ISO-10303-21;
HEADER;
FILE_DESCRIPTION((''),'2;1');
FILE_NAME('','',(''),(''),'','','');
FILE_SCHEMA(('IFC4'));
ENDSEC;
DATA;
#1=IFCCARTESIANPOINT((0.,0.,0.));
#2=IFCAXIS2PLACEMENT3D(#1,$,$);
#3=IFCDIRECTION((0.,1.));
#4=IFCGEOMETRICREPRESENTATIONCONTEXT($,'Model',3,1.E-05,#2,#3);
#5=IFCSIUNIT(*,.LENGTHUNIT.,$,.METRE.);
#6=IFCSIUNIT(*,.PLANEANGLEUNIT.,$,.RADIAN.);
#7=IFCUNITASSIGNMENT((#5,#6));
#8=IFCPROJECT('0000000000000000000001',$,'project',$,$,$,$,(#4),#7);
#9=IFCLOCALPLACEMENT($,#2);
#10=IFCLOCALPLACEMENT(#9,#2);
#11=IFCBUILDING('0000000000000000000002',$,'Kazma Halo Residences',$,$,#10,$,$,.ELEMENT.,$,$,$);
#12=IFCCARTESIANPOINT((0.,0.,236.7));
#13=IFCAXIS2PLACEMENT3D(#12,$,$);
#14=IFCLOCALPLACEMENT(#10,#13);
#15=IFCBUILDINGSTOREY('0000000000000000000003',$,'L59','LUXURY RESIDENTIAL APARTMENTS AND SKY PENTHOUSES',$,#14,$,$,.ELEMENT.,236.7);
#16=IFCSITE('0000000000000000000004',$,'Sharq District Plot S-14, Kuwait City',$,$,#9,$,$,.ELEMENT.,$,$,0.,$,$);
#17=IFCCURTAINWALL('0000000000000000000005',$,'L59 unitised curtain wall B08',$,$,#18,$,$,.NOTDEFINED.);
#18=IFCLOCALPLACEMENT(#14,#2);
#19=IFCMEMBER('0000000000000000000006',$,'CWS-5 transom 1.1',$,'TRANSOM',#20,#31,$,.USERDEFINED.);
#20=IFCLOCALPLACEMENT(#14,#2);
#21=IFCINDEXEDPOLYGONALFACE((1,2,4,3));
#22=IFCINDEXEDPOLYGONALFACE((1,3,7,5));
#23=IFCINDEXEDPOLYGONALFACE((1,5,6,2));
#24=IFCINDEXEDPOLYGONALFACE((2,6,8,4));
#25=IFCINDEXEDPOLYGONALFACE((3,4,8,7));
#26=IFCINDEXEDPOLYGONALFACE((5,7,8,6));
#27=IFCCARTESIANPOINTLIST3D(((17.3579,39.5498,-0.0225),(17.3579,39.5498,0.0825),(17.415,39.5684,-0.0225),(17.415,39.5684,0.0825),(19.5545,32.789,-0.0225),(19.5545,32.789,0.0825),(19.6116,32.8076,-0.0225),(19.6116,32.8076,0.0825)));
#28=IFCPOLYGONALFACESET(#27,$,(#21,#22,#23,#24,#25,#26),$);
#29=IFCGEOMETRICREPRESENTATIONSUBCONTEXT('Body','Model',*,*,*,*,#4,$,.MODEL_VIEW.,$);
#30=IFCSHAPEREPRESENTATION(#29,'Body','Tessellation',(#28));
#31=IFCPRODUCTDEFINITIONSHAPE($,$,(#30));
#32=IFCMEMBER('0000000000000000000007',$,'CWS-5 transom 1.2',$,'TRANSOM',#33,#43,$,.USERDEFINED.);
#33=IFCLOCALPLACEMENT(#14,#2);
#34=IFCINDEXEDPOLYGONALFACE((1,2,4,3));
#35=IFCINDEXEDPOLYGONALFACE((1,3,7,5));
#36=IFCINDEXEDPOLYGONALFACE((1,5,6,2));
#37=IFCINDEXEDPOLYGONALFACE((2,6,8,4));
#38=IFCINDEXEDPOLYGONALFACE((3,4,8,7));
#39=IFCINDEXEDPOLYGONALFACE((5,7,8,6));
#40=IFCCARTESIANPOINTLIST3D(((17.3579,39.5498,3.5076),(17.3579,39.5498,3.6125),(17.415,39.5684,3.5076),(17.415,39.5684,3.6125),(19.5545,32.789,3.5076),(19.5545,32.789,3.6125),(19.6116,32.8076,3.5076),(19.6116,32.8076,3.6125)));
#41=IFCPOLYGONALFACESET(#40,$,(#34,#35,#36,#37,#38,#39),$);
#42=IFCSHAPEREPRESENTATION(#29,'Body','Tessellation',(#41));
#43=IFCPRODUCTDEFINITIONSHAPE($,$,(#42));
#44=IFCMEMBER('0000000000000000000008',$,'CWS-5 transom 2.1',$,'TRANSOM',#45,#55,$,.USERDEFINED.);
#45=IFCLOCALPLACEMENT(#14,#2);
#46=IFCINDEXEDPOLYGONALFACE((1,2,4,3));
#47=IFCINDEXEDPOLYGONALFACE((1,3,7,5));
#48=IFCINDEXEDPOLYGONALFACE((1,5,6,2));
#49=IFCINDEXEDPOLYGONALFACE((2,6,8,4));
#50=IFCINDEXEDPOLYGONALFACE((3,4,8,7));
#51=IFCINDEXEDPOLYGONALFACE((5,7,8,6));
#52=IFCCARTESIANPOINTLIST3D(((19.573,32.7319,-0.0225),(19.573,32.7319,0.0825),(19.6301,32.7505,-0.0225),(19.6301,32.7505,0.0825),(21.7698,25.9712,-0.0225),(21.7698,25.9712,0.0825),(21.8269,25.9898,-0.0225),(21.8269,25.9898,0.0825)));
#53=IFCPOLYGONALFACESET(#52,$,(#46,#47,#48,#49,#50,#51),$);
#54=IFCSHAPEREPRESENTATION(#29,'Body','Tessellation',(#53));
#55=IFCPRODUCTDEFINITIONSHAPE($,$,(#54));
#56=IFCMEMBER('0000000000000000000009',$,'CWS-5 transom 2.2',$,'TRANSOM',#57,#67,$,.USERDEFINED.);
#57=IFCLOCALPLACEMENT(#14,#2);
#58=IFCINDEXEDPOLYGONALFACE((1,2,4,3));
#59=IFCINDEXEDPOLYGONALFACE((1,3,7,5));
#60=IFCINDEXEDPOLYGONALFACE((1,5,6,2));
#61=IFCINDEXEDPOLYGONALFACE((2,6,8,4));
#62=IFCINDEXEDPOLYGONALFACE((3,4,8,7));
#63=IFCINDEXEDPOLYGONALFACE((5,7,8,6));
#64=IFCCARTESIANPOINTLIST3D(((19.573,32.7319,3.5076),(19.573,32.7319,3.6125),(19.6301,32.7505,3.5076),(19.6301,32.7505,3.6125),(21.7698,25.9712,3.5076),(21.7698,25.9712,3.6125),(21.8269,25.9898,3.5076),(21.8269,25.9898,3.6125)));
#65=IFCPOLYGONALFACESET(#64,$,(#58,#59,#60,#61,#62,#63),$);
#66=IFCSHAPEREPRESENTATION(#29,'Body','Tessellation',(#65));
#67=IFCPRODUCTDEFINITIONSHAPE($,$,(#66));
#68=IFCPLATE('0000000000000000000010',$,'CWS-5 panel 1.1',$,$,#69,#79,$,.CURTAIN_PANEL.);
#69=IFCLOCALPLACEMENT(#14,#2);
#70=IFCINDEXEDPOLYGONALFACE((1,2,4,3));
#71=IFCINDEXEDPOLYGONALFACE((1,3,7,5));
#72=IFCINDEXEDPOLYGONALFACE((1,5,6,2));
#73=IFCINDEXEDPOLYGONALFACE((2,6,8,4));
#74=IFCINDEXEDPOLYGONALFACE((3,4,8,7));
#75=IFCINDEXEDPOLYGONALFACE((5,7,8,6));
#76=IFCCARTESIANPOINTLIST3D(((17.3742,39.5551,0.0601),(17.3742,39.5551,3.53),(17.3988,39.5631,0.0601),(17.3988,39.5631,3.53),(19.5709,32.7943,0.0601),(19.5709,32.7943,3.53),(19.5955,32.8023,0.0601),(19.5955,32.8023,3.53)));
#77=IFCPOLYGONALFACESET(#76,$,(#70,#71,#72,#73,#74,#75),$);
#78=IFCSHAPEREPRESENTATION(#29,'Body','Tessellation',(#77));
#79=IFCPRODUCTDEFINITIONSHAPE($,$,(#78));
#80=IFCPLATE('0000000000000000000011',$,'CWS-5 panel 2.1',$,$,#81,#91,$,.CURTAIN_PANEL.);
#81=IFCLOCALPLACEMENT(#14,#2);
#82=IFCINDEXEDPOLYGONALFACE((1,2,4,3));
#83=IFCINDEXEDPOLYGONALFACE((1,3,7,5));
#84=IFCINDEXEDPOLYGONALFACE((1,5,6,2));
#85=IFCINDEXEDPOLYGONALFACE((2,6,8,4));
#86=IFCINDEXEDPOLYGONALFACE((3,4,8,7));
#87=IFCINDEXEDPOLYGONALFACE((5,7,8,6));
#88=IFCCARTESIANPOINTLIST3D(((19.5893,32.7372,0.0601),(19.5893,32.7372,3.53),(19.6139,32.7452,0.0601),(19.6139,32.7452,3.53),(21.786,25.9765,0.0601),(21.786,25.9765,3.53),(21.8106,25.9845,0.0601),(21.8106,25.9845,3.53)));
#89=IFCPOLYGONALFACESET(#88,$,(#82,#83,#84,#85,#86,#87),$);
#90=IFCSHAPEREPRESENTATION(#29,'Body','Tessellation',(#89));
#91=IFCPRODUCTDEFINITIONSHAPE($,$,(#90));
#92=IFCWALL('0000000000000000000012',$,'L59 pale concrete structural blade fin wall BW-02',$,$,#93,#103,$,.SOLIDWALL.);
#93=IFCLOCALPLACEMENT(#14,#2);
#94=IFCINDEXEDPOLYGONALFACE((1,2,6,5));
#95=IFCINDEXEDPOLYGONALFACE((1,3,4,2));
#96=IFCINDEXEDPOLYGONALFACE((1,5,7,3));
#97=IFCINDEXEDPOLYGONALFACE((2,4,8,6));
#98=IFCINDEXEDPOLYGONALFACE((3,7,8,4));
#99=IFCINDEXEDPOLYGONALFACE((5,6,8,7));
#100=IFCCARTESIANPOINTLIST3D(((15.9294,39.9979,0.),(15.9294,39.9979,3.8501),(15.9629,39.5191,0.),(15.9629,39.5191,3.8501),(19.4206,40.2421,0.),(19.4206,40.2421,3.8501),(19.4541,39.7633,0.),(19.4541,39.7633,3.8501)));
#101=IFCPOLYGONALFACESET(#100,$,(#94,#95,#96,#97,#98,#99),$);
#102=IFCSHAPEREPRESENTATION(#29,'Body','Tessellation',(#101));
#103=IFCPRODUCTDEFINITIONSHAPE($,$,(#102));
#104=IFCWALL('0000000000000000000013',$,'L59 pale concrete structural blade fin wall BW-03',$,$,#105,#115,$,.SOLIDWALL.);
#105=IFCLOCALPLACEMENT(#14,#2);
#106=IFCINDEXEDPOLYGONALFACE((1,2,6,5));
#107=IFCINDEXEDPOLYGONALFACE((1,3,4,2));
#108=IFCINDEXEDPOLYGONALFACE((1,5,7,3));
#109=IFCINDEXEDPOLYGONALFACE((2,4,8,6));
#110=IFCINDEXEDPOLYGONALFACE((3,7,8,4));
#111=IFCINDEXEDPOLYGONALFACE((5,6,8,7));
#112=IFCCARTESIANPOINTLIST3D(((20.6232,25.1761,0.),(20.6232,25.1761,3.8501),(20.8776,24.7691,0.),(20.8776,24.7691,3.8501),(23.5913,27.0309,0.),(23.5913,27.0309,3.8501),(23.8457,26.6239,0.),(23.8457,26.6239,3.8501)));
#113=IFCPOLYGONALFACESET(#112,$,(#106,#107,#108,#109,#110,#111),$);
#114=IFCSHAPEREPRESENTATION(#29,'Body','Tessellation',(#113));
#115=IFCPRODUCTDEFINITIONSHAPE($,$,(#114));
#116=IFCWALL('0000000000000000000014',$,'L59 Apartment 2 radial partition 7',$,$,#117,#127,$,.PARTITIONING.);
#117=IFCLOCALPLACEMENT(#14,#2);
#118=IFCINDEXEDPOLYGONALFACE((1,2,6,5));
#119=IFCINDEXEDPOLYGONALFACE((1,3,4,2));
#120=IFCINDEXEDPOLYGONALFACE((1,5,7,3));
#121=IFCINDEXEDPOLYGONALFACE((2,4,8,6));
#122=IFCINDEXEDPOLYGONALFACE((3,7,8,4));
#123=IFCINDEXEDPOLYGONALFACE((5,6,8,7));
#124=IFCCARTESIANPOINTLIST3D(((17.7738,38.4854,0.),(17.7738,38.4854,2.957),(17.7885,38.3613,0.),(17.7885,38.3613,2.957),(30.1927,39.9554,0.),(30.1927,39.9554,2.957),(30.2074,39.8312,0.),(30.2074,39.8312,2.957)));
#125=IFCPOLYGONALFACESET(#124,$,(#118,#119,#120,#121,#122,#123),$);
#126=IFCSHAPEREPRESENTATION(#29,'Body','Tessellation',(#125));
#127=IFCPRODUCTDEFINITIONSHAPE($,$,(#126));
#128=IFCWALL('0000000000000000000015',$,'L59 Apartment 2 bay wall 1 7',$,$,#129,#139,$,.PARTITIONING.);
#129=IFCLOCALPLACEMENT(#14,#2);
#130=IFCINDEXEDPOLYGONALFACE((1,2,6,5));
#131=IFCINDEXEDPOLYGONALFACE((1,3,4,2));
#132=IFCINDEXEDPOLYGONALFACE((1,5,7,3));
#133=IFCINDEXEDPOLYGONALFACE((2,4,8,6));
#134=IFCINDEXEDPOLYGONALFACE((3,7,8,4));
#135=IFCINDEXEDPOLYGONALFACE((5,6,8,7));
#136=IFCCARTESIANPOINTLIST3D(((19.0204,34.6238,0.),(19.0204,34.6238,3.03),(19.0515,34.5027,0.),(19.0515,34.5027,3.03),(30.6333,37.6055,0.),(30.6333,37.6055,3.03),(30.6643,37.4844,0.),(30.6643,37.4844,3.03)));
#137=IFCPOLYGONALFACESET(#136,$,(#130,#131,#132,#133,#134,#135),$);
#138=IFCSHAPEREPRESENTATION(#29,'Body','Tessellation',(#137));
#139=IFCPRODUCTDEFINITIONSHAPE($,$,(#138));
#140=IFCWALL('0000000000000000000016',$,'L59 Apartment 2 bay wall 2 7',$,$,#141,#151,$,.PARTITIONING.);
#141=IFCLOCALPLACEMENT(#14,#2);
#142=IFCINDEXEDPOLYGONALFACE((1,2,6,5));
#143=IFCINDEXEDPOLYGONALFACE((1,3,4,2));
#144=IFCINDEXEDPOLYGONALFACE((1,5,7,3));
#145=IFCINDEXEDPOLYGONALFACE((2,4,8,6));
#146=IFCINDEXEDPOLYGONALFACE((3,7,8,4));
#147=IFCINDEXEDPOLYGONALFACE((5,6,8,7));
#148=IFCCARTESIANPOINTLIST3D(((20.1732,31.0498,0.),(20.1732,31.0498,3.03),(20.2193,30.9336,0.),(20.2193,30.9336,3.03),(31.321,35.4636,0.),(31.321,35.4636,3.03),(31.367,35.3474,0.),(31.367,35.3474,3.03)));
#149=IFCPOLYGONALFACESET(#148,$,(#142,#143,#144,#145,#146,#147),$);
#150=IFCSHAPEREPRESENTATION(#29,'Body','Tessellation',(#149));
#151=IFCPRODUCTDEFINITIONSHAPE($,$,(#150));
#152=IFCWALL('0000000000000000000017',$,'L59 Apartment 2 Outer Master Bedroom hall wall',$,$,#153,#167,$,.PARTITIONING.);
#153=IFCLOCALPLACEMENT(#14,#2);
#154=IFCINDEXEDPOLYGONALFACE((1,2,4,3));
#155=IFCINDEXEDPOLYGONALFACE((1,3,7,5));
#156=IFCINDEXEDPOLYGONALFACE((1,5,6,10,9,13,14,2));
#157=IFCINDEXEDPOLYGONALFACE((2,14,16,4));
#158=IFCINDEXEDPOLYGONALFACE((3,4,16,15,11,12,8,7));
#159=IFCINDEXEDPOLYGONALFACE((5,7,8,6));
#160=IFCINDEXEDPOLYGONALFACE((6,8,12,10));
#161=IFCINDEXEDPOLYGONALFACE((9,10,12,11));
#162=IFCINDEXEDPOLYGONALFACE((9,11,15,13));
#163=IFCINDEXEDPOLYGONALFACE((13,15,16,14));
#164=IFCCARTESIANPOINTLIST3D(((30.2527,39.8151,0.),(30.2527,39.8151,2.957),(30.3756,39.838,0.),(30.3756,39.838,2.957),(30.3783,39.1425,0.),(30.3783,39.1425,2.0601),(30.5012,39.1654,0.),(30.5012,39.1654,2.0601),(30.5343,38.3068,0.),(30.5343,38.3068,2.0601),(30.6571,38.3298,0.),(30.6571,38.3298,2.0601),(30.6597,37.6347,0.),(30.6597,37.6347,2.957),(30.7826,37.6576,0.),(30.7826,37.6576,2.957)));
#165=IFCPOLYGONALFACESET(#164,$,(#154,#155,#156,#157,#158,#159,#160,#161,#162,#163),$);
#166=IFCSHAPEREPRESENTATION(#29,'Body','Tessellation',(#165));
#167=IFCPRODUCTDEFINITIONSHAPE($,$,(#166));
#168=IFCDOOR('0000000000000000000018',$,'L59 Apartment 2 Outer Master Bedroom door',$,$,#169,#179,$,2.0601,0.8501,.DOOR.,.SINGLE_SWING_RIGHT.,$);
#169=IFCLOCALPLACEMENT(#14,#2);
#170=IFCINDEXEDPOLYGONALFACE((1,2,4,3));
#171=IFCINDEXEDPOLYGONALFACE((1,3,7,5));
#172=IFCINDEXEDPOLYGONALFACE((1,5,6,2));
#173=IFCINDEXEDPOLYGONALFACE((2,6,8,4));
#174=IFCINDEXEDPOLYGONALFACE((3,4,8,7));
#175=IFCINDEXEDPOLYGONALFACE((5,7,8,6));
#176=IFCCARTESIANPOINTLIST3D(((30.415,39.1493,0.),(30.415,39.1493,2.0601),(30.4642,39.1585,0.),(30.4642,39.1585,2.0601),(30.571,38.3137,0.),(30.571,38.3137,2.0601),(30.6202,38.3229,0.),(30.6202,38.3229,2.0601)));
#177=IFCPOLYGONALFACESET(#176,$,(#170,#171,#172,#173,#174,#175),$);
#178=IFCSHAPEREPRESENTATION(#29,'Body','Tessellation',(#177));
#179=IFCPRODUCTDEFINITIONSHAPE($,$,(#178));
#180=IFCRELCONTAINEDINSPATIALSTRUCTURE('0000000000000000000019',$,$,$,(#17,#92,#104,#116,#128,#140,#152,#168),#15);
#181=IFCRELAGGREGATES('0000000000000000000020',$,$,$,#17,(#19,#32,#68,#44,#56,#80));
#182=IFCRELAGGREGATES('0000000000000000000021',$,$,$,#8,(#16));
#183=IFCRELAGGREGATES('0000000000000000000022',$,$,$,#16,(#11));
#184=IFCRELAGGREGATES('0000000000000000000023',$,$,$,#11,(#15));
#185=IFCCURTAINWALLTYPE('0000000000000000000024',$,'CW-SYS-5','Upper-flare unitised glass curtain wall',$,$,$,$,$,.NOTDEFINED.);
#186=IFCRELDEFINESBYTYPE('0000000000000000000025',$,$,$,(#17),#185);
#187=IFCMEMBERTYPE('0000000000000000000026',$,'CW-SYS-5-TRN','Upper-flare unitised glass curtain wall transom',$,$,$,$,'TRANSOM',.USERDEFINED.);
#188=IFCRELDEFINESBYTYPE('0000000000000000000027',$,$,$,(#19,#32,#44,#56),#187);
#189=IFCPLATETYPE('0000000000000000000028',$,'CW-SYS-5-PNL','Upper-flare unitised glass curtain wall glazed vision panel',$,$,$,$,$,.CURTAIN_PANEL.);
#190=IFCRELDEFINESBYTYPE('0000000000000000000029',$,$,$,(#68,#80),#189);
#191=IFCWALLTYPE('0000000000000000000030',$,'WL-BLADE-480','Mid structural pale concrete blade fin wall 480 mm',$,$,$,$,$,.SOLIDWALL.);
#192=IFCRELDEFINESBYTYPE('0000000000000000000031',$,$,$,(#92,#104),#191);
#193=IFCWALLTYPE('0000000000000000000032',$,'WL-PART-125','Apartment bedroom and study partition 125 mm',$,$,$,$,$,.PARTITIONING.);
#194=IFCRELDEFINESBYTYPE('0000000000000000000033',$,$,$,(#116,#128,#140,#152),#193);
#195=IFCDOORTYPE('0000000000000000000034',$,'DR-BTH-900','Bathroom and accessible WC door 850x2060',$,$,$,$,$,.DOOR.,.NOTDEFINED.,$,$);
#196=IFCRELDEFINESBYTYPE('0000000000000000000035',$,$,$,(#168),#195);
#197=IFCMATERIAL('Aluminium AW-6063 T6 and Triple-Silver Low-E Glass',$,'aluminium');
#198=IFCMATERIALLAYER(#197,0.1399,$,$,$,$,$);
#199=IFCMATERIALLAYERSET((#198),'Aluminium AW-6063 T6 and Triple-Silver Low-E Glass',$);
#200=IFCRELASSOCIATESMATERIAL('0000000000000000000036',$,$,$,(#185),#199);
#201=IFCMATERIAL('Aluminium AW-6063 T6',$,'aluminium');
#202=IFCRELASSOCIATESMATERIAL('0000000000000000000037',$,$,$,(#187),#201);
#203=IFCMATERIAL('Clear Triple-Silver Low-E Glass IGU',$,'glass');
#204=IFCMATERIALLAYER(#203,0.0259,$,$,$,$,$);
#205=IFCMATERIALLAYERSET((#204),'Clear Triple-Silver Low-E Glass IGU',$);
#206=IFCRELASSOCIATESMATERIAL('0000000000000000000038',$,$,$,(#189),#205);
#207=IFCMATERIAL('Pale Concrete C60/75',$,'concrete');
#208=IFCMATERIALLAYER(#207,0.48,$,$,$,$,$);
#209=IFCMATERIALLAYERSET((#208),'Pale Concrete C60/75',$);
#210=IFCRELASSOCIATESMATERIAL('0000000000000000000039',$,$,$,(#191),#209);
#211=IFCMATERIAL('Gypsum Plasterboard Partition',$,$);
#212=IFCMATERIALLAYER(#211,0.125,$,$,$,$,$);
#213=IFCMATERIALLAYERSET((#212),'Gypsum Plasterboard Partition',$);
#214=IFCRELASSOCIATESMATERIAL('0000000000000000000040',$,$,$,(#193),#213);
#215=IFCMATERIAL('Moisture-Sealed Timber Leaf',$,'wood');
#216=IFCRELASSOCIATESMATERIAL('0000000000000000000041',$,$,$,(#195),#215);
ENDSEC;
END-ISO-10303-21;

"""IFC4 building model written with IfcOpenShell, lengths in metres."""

from ifc_helpers import new_model, si_unit, direction, frame, frame_2d, origin, origin_2d, place, context, subcontext, project, spatial, rectangle, extrude, material, layer, layer_set, material_profile, profile_set, type_object, element, fill, aggregate, save


model = new_model("IFC4")

# Units and contexts
model_context = context("Model", 3, precision=1e-05, world=origin(), true_north=direction((0.0, 1.0)))
body_context = subcontext(model_context, "Body", "Model", "MODEL_VIEW")
ifc_project = project(units=[si_unit("LENGTHUNIT", "METRE"), si_unit("PLANEANGLEUNIT", "RADIAN")], contexts=[model_context])

# Site, building, storey
site_placement = place(None, origin())
site = spatial("IfcSite", under=ifc_project, at=site_placement, Name="Sharq District Plot S-14, Kuwait City", CompositionType="ELEMENT", RefElevation=0.0)
building_placement = place(site_placement, origin())
building = spatial("IfcBuilding", under=site, at=building_placement, Name="Kazma Halo Residences", CompositionType="ELEMENT")
storey_placement = place(building_placement, frame((0.0, 0.0, 236.7)))
storey = spatial("IfcBuildingStorey", under=building, at=storey_placement, Name="L59", Description="LUXURY RESIDENTIAL APARTMENTS AND SKY PENTHOUSES", CompositionType="ELEMENT", Elevation=236.7)

# Shared definitions
ifc_material_1 = material(Name="Aluminium AW-6063 T6 and Triple-Silver Low-E Glass", Category="aluminium")
ifc_layer_1 = layer(ifc_material_1, 0.1399)
ifc_layer_set_1 = layer_set([ifc_layer_1], Name="Aluminium AW-6063 T6 and Triple-Silver Low-E Glass")
curtain_wall_type = type_object("IfcCurtainWallType", Name="CW-SYS-5", Description="Upper-flare unitised glass curtain wall", PredefinedType="NOTDEFINED", material=ifc_layer_set_1)
ifc_material_2 = material(Name="Aluminium AW-6063 T6", Category="aluminium")

# Curtain wall, members, plates
curtain_wall_1_placement = place(storey_placement, origin())
curtain_wall_1 = element("IfcCurtainWall", 1, at=curtain_wall_1_placement, inside=storey, type_object=curtain_wall_type, Name="L59 unitised curtain wall B08", PredefinedType="NOTDEFINED")
ifc_material_profile_1 = material_profile(ifc_material_2, rectangle(XDim=0.0601, YDim=0.105, at=origin_2d()), Name="CWT-60x105")
ifc_profile_set_1 = profile_set([ifc_material_profile_1], Name="Aluminium AW-6063 T6")
member_type_1 = type_object("IfcMemberType", Name="CW-SYS-5-TRN", Description="Upper-flare unitised glass curtain wall transom", ElementType="TRANSOM", PredefinedType="USERDEFINED", material=ifc_profile_set_1)
member_1_placement = place(storey_placement, frame((17.3865, 39.5591, 0.03), z_axis=(0.308996, -0.951063, 0.0), x_axis=(0.951063, 0.308996, 0.0)))
member_1 = element("IfcMember", 2, at=member_1_placement, type_object=member_type_1, Name="CWS-5 transom 1.1", ObjectType="TRANSOM", PredefinedType="USERDEFINED", context=body_context, shape_type="SweptSolid", body=[
    extrude(rectangle(XDim=0.0601, YDim=0.105, at=origin_2d()), origin(), (0.0, 0.0, 1.0), 7.1086),
])
member_2_placement = place(storey_placement, frame((17.3865, 39.5591, 3.5601), z_axis=(0.308996, -0.951063, 0.0), x_axis=(0.951063, 0.308996, 0.0)))
member_2 = element("IfcMember", 3, at=member_2_placement, type_object=member_type_1, Name="CWS-5 transom 1.2", ObjectType="TRANSOM", PredefinedType="USERDEFINED", context=body_context, shape_type="SweptSolid", body=[
    extrude(rectangle(XDim=0.0601, YDim=0.105, at=origin_2d()), origin(), (0.0, 0.0, 1.0), 7.1086),
])
member_3_placement = place(storey_placement, frame((19.6016, 32.7412, 0.03), z_axis=(0.309027, -0.951053, 0.0), x_axis=(0.951053, 0.309027, 0.0)))
member_3 = element("IfcMember", 4, at=member_3_placement, type_object=member_type_1, Name="CWS-5 transom 2.1", ObjectType="TRANSOM", PredefinedType="USERDEFINED", context=body_context, shape_type="SweptSolid", body=[
    extrude(rectangle(XDim=0.0601, YDim=0.105, at=origin_2d()), origin(), (0.0, 0.0, 1.0), 7.1086),
])
member_4_placement = place(storey_placement, frame((19.6016, 32.7412, 3.5601), z_axis=(0.309027, -0.951053, 0.0), x_axis=(0.951053, 0.309027, 0.0)))
member_4 = element("IfcMember", 5, at=member_4_placement, type_object=member_type_1, Name="CWS-5 transom 2.2", ObjectType="TRANSOM", PredefinedType="USERDEFINED", context=body_context, shape_type="SweptSolid", body=[
    extrude(rectangle(XDim=0.0601, YDim=0.105, at=origin_2d()), origin(), (0.0, 0.0, 1.0), 7.1086),
])
ifc_material_3 = material(Name="Clear Triple-Silver Low-E Glass IGU", Category="glass")
ifc_layer_2 = layer(ifc_material_3, 0.0259)
ifc_layer_set_2 = layer_set([ifc_layer_2], Name="Clear Triple-Silver Low-E Glass IGU")
plate_type = type_object("IfcPlateType", Name="CW-SYS-5-PNL", Description="Upper-flare unitised glass curtain wall glazed vision panel", PredefinedType="CURTAIN_PANEL", material=ifc_layer_set_2)
plate_1_placement = place(storey_placement, frame((18.4849, 36.1787, 0.0601), z_axis=(0.0, 0.0, 1.0), x_axis=(0.309011, -0.951058, 0.0)))
plate_1 = element("IfcPlate", 6, at=plate_1_placement, type_object=plate_type, Name="CWS-5 panel 1.1", PredefinedType="CURTAIN_PANEL", context=body_context, shape_type="SweptSolid", body=[
    extrude(rectangle(XDim=7.1086, YDim=0.0259, at=origin_2d()), origin(), (0.0, 0.0, 1.0), 3.47),
])
plate_2_placement = place(storey_placement, frame((20.7, 29.3608, 0.0601), z_axis=(0.0, 0.0, 1.0), x_axis=(0.309011, -0.951058, 0.0)))
plate_2 = element("IfcPlate", 7, at=plate_2_placement, type_object=plate_type, Name="CWS-5 panel 2.1", PredefinedType="CURTAIN_PANEL", context=body_context, shape_type="SweptSolid", body=[
    extrude(rectangle(XDim=7.1086, YDim=0.0259, at=origin_2d()), origin(), (0.0, 0.0, 1.0), 3.47),
])
aggregate(curtain_wall_1, [member_1, member_2, plate_1, member_3, member_4, plate_2])

# Walls
ifc_material_4 = material(Name="Pale Concrete C60/75", Category="concrete")
ifc_layer_3 = layer(ifc_material_4, 0.48)
ifc_layer_set_3 = layer_set([ifc_layer_3], Name="Pale Concrete C60/75")
wall_type_1 = type_object("IfcWallType", Name="WL-BLADE-480", Description="Mid structural pale concrete blade fin wall 480 mm", PredefinedType="SOLIDWALL", material=ifc_layer_set_3)
wall_1_placement = place(storey_placement, frame((19.4375, 40.0027, 0.0), z_axis=(0.0, 0.0, 1.0), x_axis=(-0.997564, -0.06976, 0.0)))
element("IfcWall", 8, at=wall_1_placement, inside=storey, type_object=wall_type_1, Name="L59 pale concrete structural blade fin wall BW-02", PredefinedType="SOLIDWALL", context=body_context, shape_type="SweptSolid", body=[
    extrude(rectangle(XDim=3.4998, YDim=0.48, at=frame_2d((1.75, 0.0))), origin(), (0.0, 0.0, 1.0), 3.8501),
])
wall_2_placement = place(storey_placement, frame((23.7185, 26.8274, 0.0), z_axis=(0.0, 0.0, 1.0), x_axis=(-0.848034, -0.529943, 0.0)))
element("IfcWall", 9, at=wall_2_placement, inside=storey, type_object=wall_type_1, Name="L59 pale concrete structural blade fin wall BW-03", PredefinedType="SOLIDWALL", context=body_context, shape_type="SweptSolid", body=[
    extrude(rectangle(XDim=3.5, YDim=0.48, at=frame_2d((1.75, 0.0))), origin(), (0.0, 0.0, 1.0), 3.8501),
])
ifc_material_5 = material(Name="Gypsum Plasterboard Partition")
ifc_layer_4 = layer(ifc_material_5, 0.125)
ifc_layer_set_4 = layer_set([ifc_layer_4], Name="Gypsum Plasterboard Partition")
wall_type_2 = type_object("IfcWallType", Name="WL-PART-125", Description="Apartment bedroom and study partition 125 mm", PredefinedType="PARTITIONING", material=ifc_layer_set_4)
wall_3_placement = place(storey_placement, frame((30.2002, 39.8933, 0.0), z_axis=(0.0, 0.0, 1.0), x_axis=(-0.993068, -0.117545, 0.0)))
element("IfcWall", 10, at=wall_3_placement, inside=storey, type_object=wall_type_2, Name="L59 Apartment 2 radial partition 7", PredefinedType="PARTITIONING", context=body_context, shape_type="SweptSolid", body=[
    extrude(rectangle(XDim=12.5056, YDim=0.125, at=frame_2d((6.2529, 0.0))), origin(), (0.0, 0.0, 1.0), 2.957),
])
wall_4_placement = place(storey_placement, frame((30.6487, 37.5449, 0.0), z_axis=(0.0, 0.0, 1.0), x_axis=(-0.968583, -0.248692, 0.0)))
element("IfcWall", 11, at=wall_4_placement, inside=storey, type_object=wall_type_2, Name="L59 Apartment 2 bay wall 1 7", PredefinedType="PARTITIONING", context=body_context, shape_type="SweptSolid", body=[
    extrude(rectangle(XDim=11.9895, YDim=0.125, at=frame_2d((5.9946, 0.0))), origin(), (0.0, 0.0, 1.0), 3.03),
])
wall_5_placement = place(storey_placement, frame((31.344, 35.4055, 0.0), z_axis=(0.0, 0.0, 1.0), x_axis=(-0.929773, -0.368134, 0.0)))
element("IfcWall", 12, at=wall_5_placement, inside=storey, type_object=wall_type_2, Name="L59 Apartment 2 bay wall 2 7", PredefinedType="PARTITIONING", context=body_context, shape_type="SweptSolid", body=[
    extrude(rectangle(XDim=11.9897, YDim=0.125, at=frame_2d((5.9949, 0.0))), origin(), (0.0, 0.0, 1.0), 3.03),
])

# Wall, opening, door
wall_6_placement = place(storey_placement, frame((30.3142, 39.8264, 0.0), z_axis=(0.0, 0.0, 1.0), x_axis=(0.183484, -0.983023, 0.0)))
wall_6 = element("IfcWall", 13, at=wall_6_placement, inside=storey, type_object=wall_type_2, Name="L59 Apartment 2 Outer Master Bedroom hall wall", PredefinedType="PARTITIONING", context=body_context, shape_type="SweptSolid", body=[
    extrude(rectangle(XDim=2.218, YDim=0.125, at=frame_2d((1.1089, 0.0))), origin(), (0.0, 0.0, 1.0), 2.957),
])
opening_1_placement = place(wall_6_placement, frame((0.6841, 0.0, 0.0)))
opening_1 = element("IfcOpeningElement", 14, at=opening_1_placement, cuts=wall_6, PredefinedType="OPENING", context=body_context, shape_type="SweptSolid", body=[
    extrude(rectangle(XDim=0.8501, YDim=2.0601, at=frame_2d((0.425, 1.03))), frame((0.0, 0.0725, 0.0), z_axis=(0.0, -1.0, 0.0), x_axis=(1.0, 0.0, 0.0)), (0.0, 0.0, 1.0), 0.145),
])
ifc_material_6 = material(Name="Moisture-Sealed Timber Leaf", Category="wood")
door_type = type_object("IfcDoorType", Name="DR-BTH-900", Description="Bathroom and accessible WC door 850x2060", OperationType="NOTDEFINED", PredefinedType="DOOR", material=ifc_material_6)
door_1_placement = place(opening_1_placement, origin())
door_1 = element("IfcDoor", 15, at=door_1_placement, inside=storey, type_object=door_type, Name="L59 Apartment 2 Outer Master Bedroom door", OperationType="SINGLE_SWING_RIGHT", OverallHeight=2.0601, OverallWidth=0.8501, PredefinedType="DOOR", context=body_context, shape_type="SweptSolid", body=[
    extrude(rectangle(XDim=0.8501, YDim=2.0601, at=frame_2d((0.425, 1.03))), frame((0.0, 0.0249, 0.0), z_axis=(0.0, -1.0, 0.0), x_axis=(1.0, 0.0, 0.0)), (0.0, 0.0, 1.0), 0.05),
])
fill(opening_1, door_1)

save(model, "model.ifc")
